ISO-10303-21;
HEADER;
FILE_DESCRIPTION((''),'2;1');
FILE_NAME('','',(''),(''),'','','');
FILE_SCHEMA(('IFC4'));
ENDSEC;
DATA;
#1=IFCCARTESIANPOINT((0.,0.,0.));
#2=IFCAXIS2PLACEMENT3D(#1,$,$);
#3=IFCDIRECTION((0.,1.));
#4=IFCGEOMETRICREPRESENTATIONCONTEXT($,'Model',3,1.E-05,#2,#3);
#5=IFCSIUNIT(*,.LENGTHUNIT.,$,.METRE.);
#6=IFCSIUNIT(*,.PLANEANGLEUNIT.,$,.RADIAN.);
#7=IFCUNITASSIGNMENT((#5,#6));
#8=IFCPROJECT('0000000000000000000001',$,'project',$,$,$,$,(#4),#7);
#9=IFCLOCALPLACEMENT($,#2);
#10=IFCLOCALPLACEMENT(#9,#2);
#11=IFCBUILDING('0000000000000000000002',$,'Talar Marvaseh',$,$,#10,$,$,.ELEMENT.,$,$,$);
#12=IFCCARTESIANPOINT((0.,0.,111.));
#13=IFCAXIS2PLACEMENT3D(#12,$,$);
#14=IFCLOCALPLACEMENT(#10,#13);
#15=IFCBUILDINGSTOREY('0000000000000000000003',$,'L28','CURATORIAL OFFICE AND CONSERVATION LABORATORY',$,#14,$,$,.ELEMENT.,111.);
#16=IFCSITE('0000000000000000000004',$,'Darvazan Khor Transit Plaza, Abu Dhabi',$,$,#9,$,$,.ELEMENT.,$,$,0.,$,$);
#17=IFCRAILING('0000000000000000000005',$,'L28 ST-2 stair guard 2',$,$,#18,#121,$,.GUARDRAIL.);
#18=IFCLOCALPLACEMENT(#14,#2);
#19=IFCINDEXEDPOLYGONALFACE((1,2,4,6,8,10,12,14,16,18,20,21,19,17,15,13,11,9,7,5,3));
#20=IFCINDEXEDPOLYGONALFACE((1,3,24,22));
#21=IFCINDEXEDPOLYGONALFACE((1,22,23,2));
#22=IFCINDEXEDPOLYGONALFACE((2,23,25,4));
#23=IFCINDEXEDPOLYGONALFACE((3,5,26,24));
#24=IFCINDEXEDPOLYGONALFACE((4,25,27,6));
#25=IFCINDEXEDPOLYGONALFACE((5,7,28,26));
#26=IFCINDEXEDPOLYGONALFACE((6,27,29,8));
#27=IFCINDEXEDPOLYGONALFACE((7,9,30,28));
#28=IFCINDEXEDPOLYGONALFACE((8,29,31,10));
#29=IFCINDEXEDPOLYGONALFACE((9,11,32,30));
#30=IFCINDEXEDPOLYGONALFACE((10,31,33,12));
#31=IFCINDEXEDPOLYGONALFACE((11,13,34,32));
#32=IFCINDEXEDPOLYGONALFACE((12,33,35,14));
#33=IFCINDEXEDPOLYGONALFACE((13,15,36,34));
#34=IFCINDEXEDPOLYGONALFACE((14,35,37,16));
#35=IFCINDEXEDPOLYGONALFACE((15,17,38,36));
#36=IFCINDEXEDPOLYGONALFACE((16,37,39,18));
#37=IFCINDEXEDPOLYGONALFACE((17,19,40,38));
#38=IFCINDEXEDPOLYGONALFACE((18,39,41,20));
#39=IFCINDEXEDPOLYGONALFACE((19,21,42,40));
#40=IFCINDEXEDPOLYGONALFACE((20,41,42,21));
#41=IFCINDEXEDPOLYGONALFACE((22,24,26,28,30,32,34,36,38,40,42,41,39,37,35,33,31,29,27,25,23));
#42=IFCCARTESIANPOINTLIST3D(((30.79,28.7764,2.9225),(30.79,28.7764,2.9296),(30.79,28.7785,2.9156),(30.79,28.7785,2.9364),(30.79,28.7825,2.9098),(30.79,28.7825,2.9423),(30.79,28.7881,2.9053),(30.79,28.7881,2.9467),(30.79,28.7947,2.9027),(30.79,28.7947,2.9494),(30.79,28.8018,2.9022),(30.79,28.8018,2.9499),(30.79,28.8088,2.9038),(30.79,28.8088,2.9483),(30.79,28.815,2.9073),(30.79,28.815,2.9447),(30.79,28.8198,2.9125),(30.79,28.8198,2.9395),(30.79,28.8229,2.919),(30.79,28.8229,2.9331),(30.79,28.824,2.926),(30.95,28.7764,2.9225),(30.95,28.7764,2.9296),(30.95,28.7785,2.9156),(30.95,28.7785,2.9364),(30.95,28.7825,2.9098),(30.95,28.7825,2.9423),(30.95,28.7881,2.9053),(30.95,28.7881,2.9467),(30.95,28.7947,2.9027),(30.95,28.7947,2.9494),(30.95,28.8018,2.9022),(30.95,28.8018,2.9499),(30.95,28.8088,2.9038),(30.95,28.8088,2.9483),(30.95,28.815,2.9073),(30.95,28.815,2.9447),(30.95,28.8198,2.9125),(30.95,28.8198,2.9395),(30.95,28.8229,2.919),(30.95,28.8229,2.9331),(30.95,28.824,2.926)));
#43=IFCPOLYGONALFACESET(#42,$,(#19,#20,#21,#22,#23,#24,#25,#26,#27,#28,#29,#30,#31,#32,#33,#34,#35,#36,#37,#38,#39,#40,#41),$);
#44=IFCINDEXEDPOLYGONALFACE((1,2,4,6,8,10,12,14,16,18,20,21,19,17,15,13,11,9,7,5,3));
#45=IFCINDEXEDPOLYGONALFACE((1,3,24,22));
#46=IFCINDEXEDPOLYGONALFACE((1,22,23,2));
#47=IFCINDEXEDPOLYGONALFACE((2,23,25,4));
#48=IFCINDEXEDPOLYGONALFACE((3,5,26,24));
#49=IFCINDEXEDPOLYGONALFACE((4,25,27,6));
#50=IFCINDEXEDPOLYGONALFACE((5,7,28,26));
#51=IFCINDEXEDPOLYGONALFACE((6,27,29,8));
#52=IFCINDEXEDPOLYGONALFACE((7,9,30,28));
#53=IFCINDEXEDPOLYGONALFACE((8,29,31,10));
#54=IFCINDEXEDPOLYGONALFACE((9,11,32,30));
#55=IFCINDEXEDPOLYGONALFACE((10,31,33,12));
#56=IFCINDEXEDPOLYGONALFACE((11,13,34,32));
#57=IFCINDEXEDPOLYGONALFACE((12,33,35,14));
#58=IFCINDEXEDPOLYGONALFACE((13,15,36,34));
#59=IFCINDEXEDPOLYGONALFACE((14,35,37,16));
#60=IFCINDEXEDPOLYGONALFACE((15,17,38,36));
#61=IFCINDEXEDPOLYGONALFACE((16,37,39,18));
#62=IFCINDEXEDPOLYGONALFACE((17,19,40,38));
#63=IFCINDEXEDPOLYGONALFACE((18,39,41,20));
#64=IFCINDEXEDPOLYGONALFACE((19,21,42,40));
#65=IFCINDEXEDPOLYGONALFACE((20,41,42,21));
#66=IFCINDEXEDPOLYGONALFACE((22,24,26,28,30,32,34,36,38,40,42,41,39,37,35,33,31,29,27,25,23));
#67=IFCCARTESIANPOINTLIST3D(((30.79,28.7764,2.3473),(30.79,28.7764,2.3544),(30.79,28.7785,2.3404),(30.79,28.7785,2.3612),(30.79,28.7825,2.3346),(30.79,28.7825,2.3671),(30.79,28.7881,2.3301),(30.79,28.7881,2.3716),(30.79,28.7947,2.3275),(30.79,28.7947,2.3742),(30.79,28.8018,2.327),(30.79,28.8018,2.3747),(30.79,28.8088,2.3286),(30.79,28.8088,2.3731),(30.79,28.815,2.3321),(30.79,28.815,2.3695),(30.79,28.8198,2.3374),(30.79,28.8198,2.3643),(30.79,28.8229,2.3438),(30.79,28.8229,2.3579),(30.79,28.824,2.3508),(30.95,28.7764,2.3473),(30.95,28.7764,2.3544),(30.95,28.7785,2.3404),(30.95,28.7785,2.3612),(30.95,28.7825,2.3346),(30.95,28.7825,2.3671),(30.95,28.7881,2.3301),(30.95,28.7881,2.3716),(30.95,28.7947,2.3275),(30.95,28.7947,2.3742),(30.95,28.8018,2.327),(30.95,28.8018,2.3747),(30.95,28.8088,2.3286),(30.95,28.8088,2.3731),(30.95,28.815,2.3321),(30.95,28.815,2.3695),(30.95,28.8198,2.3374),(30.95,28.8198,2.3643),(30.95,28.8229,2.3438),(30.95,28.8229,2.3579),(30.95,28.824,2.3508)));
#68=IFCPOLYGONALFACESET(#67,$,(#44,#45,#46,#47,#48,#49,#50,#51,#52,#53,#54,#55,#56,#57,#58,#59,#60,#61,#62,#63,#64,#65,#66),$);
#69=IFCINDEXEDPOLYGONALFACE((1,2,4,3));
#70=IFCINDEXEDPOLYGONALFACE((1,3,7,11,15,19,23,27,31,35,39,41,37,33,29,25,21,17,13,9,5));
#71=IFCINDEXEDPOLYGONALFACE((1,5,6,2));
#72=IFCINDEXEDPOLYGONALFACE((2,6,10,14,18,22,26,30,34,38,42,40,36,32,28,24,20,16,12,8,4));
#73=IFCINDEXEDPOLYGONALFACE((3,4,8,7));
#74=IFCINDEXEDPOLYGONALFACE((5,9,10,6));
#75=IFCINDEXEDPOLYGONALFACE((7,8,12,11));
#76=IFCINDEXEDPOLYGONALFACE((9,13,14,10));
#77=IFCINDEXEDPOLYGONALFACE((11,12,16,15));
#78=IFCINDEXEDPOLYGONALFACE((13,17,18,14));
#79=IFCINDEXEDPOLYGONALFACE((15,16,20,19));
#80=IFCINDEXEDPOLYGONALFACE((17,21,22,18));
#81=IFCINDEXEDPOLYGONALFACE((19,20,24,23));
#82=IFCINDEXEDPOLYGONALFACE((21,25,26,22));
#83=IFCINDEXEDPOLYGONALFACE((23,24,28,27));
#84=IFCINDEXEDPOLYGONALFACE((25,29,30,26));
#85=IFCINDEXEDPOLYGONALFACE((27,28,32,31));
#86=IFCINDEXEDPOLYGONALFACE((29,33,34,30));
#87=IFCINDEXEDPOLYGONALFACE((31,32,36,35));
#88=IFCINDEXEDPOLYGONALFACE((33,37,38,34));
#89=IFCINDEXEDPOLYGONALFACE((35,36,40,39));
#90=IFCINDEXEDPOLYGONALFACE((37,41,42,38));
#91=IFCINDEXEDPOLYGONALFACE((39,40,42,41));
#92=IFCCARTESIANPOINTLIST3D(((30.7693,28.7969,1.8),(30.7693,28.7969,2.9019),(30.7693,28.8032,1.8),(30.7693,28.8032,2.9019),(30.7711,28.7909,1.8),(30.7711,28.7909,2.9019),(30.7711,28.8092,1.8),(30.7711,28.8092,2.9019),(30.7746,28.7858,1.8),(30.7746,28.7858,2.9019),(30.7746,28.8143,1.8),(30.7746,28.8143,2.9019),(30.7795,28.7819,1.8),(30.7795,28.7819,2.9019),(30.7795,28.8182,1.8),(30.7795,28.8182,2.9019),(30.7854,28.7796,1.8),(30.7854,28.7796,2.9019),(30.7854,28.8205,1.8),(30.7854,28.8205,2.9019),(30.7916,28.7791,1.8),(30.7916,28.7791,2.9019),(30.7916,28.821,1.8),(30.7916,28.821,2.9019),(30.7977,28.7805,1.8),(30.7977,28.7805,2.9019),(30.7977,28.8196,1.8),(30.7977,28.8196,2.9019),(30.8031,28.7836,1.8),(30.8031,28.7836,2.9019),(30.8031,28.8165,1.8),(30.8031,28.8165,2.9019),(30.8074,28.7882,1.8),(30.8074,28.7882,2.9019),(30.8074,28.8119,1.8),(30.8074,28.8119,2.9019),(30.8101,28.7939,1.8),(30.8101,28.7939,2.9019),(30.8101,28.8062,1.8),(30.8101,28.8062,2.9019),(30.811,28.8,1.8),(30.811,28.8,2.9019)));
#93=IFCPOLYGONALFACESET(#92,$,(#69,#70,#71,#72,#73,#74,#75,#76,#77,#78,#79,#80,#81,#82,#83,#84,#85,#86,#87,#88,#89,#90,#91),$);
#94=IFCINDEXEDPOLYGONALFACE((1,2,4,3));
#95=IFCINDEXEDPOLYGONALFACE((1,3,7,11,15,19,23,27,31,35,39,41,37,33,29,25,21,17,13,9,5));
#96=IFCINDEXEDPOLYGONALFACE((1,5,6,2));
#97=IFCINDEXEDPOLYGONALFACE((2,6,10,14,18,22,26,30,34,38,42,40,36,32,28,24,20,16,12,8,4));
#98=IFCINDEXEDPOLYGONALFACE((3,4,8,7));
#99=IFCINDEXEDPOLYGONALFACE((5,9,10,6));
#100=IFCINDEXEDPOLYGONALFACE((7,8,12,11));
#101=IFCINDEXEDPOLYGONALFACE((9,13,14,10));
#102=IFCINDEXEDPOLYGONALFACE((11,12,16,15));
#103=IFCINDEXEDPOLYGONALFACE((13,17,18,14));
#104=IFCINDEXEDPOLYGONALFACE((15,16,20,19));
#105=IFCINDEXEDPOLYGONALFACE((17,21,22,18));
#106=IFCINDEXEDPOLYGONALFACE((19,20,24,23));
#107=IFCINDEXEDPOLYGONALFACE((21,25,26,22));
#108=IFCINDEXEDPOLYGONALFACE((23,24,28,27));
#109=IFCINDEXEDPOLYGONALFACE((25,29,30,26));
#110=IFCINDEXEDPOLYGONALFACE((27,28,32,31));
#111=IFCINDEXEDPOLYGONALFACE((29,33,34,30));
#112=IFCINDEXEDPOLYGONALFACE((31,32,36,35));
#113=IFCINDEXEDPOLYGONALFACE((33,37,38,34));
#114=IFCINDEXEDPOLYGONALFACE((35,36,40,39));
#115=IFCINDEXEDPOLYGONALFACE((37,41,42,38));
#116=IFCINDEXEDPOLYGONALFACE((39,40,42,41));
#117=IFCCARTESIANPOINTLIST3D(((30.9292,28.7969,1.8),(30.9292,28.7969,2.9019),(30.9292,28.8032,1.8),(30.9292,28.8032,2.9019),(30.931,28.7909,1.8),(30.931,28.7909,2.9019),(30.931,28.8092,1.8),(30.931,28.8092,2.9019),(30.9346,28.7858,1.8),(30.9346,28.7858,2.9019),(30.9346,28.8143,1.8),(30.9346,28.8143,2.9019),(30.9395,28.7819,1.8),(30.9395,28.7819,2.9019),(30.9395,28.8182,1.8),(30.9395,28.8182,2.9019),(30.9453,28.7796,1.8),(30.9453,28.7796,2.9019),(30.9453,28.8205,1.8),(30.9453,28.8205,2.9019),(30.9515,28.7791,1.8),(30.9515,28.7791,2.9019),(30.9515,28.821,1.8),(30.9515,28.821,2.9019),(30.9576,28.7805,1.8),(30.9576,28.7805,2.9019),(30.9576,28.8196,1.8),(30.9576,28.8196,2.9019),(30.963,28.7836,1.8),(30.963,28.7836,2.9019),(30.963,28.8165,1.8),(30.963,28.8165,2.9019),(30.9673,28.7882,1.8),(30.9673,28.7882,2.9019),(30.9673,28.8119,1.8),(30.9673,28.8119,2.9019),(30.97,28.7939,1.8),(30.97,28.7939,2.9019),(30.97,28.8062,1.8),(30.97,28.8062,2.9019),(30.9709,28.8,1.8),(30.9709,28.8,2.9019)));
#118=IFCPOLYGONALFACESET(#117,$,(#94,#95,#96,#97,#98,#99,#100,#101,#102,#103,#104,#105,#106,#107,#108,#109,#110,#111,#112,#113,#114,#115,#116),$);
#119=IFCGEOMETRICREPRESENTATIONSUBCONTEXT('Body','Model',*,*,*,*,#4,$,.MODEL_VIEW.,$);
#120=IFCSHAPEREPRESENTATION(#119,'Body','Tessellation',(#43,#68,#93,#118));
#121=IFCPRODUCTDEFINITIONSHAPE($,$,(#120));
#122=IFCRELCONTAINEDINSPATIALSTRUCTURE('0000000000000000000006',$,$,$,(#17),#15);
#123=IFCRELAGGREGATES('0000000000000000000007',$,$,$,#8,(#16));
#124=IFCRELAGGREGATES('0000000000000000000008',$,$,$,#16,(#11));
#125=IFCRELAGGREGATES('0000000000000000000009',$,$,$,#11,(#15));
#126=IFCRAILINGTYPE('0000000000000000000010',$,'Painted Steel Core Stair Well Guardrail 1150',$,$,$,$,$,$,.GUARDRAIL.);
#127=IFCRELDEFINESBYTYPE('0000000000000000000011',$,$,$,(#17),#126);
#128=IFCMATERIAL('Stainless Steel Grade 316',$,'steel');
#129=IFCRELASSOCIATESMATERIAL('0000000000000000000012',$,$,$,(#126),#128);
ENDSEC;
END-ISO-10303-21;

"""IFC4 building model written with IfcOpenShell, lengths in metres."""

from ifc_helpers import new_model, si_unit, direction, frame, origin, origin_2d, place, context, subcontext, project, spatial, circle, extrude, material, type_object, element, save


model = new_model("IFC4")

# Units and contexts
model_context = context("Model", 3, precision=1e-05, world=origin(), true_north=direction((0.0, 1.0)))
body_context = subcontext(model_context, "Body", "Model", "MODEL_VIEW")
ifc_project = project(units=[si_unit("LENGTHUNIT", "METRE"), si_unit("PLANEANGLEUNIT", "RADIAN")], contexts=[model_context])

# Site, building, storey
site_placement = place(None, origin())
site = spatial("IfcSite", under=ifc_project, at=site_placement, Name="Darvazan Khor Transit Plaza, Abu Dhabi", CompositionType="ELEMENT", RefElevation=0.0)
building_placement = place(site_placement, origin())
building = spatial("IfcBuilding", under=site, at=building_placement, Name="Talar Marvaseh", CompositionType="ELEMENT")
storey_placement = place(building_placement, frame((0.0, 0.0, 111.0)))
storey = spatial("IfcBuildingStorey", under=building, at=storey_placement, Name="L28", Description="CURATORIAL OFFICE AND CONSERVATION LABORATORY", CompositionType="ELEMENT", Elevation=111.0)

# Railing
ifc_material_1 = material(Name="Stainless Steel Grade 316", Category="steel")
railing_type_1 = type_object("IfcRailingType", Name="Painted Steel Core Stair Well Guardrail 1150", PredefinedType="GUARDRAIL", material=ifc_material_1)
railing_1_placement = place(storey_placement, frame((30.79, 28.8, 1.8)))
element("IfcRailing", 1, at=railing_1_placement, inside=storey, type_object=railing_type_1, Name="L28 ST-2 stair guard 2", PredefinedType="GUARDRAIL", context=body_context, shape_type="SweptSolid", body=[
    extrude(circle(Radius=0.0239, at=origin_2d()), frame((0.0, 0.0, 1.126), z_axis=(1.0, 0.0, 0.0), x_axis=(0.0, 1.0, 0.0)), (0.0, 0.0, 1.0), 0.1599),
    extrude(circle(Radius=0.0239, at=origin_2d()), frame((0.0, 0.0, 0.5508), z_axis=(1.0, 0.0, 0.0), x_axis=(0.0, 1.0, 0.0)), (0.0, 0.0, 1.0), 0.1599),
    extrude(circle(Radius=0.021, at=origin_2d()), origin(), (0.0, 0.0, 1.0), 1.1018),
    extrude(circle(Radius=0.021, at=origin_2d()), frame((0.1599, 0.0, 0.0)), (0.0, 0.0, 1.0), 1.1018),
])

save(model, "model.ifc")
